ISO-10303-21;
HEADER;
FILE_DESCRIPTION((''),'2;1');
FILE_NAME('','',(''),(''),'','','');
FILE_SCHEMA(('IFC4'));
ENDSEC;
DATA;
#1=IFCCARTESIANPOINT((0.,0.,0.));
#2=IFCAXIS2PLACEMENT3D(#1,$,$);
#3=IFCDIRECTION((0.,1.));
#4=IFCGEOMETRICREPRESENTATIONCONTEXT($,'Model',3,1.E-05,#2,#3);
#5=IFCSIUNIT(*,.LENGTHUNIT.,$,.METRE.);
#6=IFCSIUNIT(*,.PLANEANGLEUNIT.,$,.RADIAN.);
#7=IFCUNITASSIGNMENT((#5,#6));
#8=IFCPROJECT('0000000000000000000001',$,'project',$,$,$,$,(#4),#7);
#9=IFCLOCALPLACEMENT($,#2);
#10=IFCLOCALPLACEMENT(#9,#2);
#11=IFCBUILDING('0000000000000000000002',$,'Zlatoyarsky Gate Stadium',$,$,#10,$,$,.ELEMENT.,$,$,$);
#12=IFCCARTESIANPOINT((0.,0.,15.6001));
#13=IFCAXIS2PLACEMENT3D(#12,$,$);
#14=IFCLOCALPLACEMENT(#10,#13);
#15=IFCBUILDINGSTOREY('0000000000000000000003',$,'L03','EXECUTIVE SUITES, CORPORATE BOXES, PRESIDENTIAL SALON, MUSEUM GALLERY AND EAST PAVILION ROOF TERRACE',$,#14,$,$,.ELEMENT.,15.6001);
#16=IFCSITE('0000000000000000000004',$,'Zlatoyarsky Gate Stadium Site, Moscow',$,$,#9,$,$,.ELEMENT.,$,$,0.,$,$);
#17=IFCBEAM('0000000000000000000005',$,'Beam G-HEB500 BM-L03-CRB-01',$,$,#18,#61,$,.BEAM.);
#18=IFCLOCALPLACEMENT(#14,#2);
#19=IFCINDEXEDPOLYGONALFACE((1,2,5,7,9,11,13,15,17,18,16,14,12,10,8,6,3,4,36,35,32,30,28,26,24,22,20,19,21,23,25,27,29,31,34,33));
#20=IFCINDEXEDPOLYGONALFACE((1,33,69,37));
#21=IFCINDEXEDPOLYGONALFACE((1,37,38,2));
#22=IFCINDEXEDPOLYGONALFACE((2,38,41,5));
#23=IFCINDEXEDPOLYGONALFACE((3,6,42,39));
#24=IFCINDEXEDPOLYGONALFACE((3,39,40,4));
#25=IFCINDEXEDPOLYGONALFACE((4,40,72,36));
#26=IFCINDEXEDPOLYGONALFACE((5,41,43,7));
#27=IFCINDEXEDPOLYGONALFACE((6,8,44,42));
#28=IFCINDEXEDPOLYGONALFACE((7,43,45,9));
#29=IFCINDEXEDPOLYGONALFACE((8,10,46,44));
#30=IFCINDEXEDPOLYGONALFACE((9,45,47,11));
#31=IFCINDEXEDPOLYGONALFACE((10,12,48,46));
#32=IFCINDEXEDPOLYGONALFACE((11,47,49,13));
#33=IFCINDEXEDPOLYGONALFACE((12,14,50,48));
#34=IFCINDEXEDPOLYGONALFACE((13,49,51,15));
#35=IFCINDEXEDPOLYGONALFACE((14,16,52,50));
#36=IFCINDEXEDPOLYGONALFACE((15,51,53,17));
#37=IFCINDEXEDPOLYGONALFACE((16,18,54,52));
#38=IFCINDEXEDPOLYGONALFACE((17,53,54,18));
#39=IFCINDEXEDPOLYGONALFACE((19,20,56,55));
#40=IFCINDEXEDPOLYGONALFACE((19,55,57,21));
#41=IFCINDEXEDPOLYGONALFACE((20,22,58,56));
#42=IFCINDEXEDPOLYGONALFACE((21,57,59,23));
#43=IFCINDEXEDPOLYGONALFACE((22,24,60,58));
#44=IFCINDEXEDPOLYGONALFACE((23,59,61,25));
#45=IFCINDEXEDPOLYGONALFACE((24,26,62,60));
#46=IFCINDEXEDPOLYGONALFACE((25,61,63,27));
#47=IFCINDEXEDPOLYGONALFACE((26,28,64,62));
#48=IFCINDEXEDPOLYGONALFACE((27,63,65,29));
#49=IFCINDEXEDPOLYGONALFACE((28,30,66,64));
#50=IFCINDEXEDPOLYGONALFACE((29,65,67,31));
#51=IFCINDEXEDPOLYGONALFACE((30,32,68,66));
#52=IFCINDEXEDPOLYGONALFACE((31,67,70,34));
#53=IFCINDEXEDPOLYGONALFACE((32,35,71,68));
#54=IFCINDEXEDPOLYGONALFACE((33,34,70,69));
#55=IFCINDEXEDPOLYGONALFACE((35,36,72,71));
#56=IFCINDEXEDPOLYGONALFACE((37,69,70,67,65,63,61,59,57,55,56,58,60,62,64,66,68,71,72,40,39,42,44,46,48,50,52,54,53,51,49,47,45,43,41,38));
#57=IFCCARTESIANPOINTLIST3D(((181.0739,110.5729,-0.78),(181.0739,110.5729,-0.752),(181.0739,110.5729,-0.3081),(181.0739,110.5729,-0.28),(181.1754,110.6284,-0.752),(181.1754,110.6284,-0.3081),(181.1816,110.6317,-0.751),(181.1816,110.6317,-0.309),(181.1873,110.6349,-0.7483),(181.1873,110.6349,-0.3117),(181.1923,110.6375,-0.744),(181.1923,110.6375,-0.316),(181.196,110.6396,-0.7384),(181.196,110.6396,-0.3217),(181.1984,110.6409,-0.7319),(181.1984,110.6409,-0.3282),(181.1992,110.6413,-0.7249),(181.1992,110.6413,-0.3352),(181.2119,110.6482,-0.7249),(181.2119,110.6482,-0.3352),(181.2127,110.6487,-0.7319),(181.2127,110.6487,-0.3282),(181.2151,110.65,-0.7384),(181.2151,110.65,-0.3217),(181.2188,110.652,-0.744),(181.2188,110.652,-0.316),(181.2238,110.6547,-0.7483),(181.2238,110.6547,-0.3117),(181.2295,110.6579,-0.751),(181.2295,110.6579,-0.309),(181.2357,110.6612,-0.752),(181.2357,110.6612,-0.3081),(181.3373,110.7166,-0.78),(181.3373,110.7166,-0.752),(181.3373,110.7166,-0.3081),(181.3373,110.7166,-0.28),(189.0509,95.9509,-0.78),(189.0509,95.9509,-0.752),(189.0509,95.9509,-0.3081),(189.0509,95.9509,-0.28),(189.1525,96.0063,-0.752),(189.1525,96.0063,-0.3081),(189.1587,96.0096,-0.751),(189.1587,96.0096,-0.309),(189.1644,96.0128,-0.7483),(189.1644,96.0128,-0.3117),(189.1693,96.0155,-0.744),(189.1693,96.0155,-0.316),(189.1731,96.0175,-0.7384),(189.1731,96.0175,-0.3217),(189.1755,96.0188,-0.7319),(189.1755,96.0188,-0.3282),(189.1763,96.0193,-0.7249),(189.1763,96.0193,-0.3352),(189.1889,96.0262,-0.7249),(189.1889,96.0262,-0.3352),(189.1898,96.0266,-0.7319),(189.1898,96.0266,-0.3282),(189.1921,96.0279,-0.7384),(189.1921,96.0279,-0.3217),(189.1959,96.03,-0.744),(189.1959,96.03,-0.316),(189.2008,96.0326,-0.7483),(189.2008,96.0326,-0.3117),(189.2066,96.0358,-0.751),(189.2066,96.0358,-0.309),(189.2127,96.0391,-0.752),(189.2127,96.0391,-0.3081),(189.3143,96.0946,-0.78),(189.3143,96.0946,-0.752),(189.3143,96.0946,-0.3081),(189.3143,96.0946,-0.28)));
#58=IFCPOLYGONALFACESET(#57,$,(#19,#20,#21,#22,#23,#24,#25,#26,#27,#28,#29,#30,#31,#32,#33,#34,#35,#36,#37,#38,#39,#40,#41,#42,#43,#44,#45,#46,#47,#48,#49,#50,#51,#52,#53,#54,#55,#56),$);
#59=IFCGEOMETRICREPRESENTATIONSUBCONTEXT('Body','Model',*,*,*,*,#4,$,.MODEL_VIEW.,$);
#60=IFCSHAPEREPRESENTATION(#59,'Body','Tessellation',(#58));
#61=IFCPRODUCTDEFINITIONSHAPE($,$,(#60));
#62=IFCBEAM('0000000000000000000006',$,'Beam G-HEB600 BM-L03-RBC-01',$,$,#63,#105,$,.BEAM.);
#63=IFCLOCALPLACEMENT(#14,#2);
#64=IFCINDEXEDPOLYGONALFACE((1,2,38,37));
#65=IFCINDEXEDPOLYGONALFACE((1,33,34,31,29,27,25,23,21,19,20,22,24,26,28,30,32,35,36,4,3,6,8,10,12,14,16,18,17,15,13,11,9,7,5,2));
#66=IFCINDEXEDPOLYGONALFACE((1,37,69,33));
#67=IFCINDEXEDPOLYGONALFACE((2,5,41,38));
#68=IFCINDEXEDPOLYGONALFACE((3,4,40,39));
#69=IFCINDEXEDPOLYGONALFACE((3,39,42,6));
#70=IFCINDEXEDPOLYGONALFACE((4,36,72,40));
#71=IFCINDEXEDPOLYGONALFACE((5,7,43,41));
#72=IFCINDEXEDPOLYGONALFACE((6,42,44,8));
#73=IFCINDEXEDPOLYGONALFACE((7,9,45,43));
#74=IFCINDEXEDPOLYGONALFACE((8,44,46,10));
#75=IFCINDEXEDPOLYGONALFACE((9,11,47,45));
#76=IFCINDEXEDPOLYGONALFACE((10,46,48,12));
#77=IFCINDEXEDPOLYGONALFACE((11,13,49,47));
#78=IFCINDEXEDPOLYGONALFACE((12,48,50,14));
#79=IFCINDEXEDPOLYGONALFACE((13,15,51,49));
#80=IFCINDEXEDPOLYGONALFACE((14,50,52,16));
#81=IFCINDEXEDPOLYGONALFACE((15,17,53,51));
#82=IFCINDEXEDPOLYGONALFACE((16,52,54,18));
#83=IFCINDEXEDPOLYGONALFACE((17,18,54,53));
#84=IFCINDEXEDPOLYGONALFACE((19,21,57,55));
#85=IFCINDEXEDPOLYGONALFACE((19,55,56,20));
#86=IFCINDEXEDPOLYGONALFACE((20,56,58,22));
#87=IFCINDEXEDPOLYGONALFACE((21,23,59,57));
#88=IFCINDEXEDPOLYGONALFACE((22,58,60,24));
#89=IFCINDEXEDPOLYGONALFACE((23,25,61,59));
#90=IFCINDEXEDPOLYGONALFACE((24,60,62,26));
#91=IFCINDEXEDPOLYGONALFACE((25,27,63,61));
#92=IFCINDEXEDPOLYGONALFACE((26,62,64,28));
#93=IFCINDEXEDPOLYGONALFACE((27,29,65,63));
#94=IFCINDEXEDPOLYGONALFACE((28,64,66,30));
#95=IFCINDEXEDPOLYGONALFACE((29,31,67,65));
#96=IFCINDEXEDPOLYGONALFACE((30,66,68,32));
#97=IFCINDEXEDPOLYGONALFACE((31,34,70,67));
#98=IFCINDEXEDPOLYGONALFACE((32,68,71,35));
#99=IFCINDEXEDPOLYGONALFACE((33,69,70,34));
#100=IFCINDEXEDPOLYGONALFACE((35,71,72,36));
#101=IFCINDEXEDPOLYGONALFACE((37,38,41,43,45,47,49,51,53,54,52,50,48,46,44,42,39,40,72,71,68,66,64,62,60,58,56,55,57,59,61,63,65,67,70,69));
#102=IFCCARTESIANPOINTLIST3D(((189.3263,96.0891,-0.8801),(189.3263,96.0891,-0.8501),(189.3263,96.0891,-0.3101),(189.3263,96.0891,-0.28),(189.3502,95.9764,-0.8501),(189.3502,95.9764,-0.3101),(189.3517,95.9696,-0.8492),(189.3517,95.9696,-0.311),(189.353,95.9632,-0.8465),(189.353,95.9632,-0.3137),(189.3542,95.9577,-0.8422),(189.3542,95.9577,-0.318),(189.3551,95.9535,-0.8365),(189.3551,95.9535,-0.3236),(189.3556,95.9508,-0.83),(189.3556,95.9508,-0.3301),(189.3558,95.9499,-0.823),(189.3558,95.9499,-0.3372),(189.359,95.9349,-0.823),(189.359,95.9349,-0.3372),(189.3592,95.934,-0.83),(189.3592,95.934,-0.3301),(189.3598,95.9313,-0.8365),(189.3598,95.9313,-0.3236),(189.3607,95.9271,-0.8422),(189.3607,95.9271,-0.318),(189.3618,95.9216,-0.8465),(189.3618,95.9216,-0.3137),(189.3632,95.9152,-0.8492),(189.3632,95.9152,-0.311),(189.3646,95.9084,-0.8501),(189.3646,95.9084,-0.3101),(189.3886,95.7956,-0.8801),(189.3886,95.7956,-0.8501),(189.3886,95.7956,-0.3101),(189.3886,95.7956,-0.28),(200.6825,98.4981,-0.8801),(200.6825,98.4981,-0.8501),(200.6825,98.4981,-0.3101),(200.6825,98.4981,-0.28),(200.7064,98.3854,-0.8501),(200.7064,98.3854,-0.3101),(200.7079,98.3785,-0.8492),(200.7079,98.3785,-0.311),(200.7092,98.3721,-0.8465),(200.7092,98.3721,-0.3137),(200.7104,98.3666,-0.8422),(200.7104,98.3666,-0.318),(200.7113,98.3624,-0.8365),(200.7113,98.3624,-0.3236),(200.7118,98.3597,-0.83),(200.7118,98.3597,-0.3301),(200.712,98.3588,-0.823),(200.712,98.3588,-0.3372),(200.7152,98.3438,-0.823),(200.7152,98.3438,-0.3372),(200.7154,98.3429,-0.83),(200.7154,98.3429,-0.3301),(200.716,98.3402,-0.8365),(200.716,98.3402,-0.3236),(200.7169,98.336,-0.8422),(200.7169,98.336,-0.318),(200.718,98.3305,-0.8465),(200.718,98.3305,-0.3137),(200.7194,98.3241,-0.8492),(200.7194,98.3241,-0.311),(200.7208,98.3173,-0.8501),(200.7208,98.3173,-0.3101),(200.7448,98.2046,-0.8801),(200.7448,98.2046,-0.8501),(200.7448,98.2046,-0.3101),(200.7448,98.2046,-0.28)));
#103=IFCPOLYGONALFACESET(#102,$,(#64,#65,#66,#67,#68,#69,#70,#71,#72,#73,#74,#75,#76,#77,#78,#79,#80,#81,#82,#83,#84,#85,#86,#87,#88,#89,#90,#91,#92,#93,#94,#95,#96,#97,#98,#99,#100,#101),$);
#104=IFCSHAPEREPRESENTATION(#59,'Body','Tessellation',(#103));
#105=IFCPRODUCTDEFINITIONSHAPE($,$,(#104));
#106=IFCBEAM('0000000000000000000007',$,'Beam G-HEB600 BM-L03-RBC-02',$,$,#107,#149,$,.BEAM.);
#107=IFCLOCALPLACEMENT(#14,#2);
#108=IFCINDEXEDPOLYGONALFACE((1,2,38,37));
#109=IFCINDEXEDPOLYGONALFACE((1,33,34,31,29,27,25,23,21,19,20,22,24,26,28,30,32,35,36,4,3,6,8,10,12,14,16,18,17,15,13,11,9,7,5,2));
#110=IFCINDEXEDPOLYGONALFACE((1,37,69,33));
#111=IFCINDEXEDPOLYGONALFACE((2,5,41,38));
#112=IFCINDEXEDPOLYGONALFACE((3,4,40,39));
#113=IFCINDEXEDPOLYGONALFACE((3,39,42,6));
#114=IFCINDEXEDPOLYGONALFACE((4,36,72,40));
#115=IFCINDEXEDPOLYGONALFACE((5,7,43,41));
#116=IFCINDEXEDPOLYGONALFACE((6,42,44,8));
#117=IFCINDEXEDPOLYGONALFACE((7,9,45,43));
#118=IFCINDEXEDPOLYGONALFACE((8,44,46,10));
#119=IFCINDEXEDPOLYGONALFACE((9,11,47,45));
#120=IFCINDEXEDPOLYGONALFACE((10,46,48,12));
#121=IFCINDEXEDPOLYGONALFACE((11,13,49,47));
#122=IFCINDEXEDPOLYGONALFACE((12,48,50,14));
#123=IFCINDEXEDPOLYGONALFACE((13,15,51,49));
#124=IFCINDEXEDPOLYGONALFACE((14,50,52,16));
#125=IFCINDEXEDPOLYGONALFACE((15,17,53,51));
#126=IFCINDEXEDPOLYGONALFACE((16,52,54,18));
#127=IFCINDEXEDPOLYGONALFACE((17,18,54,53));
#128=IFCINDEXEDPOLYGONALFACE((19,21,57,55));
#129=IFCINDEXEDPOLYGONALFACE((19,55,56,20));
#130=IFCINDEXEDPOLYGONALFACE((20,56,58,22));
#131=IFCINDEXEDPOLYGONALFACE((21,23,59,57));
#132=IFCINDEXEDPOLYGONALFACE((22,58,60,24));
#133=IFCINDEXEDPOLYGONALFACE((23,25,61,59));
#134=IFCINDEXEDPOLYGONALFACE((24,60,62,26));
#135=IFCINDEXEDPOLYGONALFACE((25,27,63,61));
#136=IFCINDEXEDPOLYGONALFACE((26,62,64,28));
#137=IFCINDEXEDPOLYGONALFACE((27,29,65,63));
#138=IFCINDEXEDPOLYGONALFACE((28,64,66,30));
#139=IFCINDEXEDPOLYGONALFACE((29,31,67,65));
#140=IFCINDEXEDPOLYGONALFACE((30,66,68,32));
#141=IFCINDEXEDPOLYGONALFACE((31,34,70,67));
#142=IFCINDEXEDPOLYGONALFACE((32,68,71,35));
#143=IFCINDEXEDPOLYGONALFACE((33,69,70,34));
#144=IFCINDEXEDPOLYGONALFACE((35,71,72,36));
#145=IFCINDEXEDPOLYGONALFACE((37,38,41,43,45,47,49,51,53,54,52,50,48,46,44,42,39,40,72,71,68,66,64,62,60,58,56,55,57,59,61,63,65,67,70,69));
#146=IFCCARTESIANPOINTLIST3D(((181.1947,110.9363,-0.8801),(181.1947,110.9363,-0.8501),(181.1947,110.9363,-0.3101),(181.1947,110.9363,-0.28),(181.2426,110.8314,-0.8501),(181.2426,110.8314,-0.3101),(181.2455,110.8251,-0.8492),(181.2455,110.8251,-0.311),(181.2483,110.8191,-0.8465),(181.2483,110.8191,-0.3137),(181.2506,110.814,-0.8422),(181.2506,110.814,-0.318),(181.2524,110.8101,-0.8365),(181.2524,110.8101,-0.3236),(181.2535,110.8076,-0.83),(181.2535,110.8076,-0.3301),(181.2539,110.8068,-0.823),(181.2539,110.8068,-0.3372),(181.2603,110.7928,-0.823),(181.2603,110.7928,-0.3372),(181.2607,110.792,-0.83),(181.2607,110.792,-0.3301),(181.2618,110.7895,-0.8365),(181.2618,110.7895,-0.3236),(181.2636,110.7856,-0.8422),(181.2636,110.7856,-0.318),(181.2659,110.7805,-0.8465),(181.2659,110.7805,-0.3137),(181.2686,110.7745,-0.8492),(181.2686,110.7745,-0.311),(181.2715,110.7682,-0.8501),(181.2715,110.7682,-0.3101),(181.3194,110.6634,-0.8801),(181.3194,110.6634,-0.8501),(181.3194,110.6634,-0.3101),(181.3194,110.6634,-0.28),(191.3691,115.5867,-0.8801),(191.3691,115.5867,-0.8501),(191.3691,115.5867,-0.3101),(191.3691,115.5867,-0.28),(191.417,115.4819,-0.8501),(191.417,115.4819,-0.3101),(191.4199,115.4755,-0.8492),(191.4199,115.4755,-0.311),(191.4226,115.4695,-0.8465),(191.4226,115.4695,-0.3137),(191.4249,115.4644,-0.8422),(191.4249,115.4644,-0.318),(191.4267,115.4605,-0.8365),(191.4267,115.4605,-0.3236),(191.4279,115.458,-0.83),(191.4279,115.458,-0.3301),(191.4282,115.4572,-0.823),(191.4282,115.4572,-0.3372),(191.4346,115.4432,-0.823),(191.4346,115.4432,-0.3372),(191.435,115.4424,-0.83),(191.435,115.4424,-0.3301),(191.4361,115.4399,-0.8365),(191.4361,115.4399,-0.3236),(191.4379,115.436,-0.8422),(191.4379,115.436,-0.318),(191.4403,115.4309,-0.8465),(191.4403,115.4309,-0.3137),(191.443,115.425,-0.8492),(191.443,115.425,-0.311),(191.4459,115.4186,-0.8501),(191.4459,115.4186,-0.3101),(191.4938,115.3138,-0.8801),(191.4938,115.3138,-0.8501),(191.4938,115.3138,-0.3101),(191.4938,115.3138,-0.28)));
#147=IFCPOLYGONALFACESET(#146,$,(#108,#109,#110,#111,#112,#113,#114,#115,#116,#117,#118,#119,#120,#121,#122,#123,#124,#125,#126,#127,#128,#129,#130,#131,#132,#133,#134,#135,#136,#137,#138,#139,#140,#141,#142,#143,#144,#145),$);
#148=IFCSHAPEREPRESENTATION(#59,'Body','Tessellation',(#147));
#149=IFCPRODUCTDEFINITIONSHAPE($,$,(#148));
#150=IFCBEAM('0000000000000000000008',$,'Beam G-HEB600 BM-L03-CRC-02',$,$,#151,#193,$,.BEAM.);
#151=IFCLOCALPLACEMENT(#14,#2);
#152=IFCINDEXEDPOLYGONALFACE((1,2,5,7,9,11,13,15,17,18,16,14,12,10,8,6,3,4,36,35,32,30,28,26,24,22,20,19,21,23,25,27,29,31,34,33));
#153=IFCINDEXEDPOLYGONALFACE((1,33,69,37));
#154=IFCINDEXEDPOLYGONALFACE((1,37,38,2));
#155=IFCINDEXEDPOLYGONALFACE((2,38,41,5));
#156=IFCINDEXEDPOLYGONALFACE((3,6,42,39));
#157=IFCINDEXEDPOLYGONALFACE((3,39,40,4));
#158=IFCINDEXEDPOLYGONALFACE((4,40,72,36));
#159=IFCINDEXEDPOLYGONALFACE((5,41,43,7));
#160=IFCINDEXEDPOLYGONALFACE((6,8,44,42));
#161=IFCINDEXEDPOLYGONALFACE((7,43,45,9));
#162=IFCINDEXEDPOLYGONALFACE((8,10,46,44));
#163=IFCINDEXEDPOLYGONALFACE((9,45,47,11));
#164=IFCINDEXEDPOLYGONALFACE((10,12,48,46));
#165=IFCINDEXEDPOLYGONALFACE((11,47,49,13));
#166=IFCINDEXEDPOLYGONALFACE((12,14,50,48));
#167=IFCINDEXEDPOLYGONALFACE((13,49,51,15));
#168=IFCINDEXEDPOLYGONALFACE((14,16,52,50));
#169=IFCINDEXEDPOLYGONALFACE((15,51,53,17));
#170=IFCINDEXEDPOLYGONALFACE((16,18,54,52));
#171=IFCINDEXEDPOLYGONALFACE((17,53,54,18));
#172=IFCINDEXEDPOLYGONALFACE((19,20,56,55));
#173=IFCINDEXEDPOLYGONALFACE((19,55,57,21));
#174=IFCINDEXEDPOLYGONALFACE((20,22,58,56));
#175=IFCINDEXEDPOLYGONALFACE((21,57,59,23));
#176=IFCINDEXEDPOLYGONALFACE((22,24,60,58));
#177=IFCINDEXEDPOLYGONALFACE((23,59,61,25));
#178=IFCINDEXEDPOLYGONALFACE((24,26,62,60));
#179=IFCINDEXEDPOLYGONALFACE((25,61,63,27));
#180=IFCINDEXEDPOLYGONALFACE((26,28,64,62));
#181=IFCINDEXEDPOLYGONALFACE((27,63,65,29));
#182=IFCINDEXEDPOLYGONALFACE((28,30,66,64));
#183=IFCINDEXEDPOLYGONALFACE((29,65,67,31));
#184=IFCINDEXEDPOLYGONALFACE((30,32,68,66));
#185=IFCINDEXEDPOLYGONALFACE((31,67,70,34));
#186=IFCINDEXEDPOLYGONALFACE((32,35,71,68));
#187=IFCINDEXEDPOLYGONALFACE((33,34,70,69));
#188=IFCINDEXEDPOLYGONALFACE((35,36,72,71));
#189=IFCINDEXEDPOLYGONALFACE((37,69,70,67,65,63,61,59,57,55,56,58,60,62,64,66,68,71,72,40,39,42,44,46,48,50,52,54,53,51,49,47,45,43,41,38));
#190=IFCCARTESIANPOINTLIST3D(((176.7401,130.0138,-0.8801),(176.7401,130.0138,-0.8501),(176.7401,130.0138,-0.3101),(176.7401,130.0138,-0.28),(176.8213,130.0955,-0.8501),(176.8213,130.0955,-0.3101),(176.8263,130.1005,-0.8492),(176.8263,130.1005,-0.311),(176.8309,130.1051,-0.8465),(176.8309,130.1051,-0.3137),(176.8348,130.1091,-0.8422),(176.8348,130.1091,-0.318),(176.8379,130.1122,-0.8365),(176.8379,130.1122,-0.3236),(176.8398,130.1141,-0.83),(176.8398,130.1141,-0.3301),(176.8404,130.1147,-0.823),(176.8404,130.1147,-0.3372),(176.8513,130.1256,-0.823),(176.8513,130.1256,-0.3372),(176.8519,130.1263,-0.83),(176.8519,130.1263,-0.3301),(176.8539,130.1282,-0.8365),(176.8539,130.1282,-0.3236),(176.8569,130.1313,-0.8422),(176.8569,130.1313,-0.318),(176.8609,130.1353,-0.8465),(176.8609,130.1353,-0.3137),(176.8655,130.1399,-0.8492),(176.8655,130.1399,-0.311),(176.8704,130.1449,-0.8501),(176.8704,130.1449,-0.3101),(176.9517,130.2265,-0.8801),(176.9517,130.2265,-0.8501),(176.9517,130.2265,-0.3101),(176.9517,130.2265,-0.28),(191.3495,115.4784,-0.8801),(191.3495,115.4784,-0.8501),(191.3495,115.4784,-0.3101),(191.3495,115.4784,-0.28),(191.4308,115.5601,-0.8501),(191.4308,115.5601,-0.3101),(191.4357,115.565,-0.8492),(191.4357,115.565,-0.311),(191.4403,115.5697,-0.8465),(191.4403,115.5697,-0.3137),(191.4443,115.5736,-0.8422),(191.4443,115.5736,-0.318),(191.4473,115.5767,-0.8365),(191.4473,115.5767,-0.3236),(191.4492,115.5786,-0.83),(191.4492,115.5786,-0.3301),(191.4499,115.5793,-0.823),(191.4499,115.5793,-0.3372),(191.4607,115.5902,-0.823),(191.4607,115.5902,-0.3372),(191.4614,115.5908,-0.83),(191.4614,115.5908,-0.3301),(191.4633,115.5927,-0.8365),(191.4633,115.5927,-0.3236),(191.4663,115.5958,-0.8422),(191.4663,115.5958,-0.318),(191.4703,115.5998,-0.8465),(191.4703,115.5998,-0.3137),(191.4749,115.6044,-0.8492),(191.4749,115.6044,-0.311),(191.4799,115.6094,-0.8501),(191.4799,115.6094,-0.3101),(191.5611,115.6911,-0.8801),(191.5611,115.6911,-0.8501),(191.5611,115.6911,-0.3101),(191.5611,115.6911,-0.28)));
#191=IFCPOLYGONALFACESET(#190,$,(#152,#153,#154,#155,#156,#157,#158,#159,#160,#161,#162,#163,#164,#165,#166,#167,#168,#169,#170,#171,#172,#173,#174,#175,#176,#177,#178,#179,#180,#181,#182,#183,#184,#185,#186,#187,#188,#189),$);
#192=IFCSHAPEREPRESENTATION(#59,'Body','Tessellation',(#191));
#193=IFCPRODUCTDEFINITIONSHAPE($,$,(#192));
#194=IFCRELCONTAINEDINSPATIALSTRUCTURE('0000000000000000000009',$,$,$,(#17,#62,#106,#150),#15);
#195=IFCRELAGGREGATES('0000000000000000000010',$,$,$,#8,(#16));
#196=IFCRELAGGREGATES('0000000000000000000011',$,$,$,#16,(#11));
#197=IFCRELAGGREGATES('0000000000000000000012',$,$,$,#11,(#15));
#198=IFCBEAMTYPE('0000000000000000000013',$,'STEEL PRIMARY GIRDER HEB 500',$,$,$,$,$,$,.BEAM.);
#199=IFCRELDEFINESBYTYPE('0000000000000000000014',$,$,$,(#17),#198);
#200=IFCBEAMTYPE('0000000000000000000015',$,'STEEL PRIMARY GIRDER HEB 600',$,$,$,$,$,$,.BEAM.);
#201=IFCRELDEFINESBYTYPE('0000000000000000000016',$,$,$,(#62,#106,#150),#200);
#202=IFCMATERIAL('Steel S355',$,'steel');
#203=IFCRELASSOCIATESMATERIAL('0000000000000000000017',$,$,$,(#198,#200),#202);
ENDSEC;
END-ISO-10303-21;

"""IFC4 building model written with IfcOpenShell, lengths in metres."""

from ifc_helpers import new_model, si_unit, direction, frame, origin, origin_2d, place, context, subcontext, project, spatial, i_section, extrude, material, material_profile, profile_set, type_object, element, save


model = new_model("IFC4")

# Units and contexts
model_context = context("Model", 3, precision=1e-05, world=origin(), true_north=direction((0.0, 1.0)))
body_context = subcontext(model_context, "Body", "Model", "MODEL_VIEW")
ifc_project = project(units=[si_unit("LENGTHUNIT", "METRE"), si_unit("PLANEANGLEUNIT", "RADIAN")], contexts=[model_context])

# Site, building, storey
site_placement = place(None, origin())
site = spatial("IfcSite", under=ifc_project, at=site_placement, Name="Zlatoyarsky Gate Stadium Site, Moscow", CompositionType="ELEMENT", RefElevation=0.0)
building_placement = place(site_placement, origin())
building = spatial("IfcBuilding", under=site, at=building_placement, Name="Zlatoyarsky Gate Stadium", CompositionType="ELEMENT")
storey_placement = place(building_placement, frame((0.0, 0.0, 15.6001)))
storey = spatial("IfcBuildingStorey", under=building, at=storey_placement, Name="L03", Description="EXECUTIVE SUITES, CORPORATE BOXES, PRESIDENTIAL SALON, MUSEUM GALLERY AND EAST PAVILION ROOF TERRACE", CompositionType="ELEMENT", Elevation=15.6001)

# Shared definitions
ifc_material_1 = material(Name="Steel S355", Category="steel")

# Beams
ifc_material_profile_1 = material_profile(ifc_material_1, i_section(OverallWidth=0.3, OverallDepth=0.5, WebThickness=0.0144, FlangeThickness=0.0281, FilletRadius=0.0271, at=origin_2d()), Name="HEB 500")
ifc_profile_set_1 = profile_set([ifc_material_profile_1], Name="Steel S355")
beam_type_1 = type_object("IfcBeamType", Name="STEEL PRIMARY GIRDER HEB 500", PredefinedType="BEAM", material=ifc_profile_set_1)
beam_1_placement = place(storey_placement, frame((189.1826, 96.0227, -0.53), z_axis=(-0.478916, 0.877861, 0.0), x_axis=(-0.877861, -0.478916, 0.0)))
element("IfcBeam", 1, at=beam_1_placement, inside=storey, type_object=beam_type_1, Name="Beam G-HEB500 BM-L03-CRB-01", PredefinedType="BEAM", context=body_context, shape_type="SweptSolid", body=[
    extrude(i_section(OverallWidth=0.3, OverallDepth=0.5, WebThickness=0.0144, FlangeThickness=0.0281, FilletRadius=0.0271, at=origin_2d()), origin(), (0.0, 0.0, 1.0), 16.6565),
])
ifc_material_profile_2 = material_profile(ifc_material_1, i_section(OverallWidth=0.3, OverallDepth=0.6001, WebThickness=0.0154, FlangeThickness=0.03, FilletRadius=0.0271, at=origin_2d()), Name="HEB 600")
ifc_profile_set_2 = profile_set([ifc_material_profile_2], Name="Steel S355")
beam_type_2 = type_object("IfcBeamType", Name="STEEL PRIMARY GIRDER HEB 600", PredefinedType="BEAM", material=ifc_profile_set_2)
beam_2_placement = place(storey_placement, frame((189.3574, 95.9424, -0.5801), z_axis=(0.978233, 0.207508, 0.0), x_axis=(-0.207508, 0.978233, 0.0)))
element("IfcBeam", 2, at=beam_2_placement, inside=storey, type_object=beam_type_2, Name="Beam G-HEB600 BM-L03-RBC-01", PredefinedType="BEAM", context=body_context, shape_type="SweptSolid", body=[
    extrude(i_section(OverallWidth=0.3, OverallDepth=0.6001, WebThickness=0.0154, FlangeThickness=0.03, FilletRadius=0.0271, at=origin_2d()), origin(), (0.0, 0.0, 1.0), 11.6089),
])
beam_3_placement = place(storey_placement, frame((181.2571, 110.7998, -0.5801), z_axis=(0.909499, 0.415706, 0.0), x_axis=(-0.415706, 0.909499, 0.0)))
element("IfcBeam", 3, at=beam_3_placement, inside=storey, type_object=beam_type_2, Name="Beam G-HEB600 BM-L03-RBC-02", PredefinedType="BEAM", context=body_context, shape_type="SweptSolid", body=[
    extrude(i_section(OverallWidth=0.3, OverallDepth=0.6001, WebThickness=0.0154, FlangeThickness=0.03, FilletRadius=0.0271, at=origin_2d()), origin(), (0.0, 0.0, 1.0), 11.1868),
])
beam_4_placement = place(storey_placement, frame((191.4553, 115.5847, -0.5801), z_axis=(-0.708899, 0.70531, 0.0), x_axis=(-0.70531, -0.708899, 0.0)))
element("IfcBeam", 4, at=beam_4_placement, inside=storey, type_object=beam_type_2, Name="Beam G-HEB600 BM-L03-CRC-02", PredefinedType="BEAM", context=body_context, shape_type="SweptSolid", body=[
    extrude(i_section(OverallWidth=0.3, OverallDepth=0.6001, WebThickness=0.0154, FlangeThickness=0.03, FilletRadius=0.0271, at=origin_2d()), origin(), (0.0, 0.0, 1.0), 20.6086),
])

save(model, "model.ifc")
